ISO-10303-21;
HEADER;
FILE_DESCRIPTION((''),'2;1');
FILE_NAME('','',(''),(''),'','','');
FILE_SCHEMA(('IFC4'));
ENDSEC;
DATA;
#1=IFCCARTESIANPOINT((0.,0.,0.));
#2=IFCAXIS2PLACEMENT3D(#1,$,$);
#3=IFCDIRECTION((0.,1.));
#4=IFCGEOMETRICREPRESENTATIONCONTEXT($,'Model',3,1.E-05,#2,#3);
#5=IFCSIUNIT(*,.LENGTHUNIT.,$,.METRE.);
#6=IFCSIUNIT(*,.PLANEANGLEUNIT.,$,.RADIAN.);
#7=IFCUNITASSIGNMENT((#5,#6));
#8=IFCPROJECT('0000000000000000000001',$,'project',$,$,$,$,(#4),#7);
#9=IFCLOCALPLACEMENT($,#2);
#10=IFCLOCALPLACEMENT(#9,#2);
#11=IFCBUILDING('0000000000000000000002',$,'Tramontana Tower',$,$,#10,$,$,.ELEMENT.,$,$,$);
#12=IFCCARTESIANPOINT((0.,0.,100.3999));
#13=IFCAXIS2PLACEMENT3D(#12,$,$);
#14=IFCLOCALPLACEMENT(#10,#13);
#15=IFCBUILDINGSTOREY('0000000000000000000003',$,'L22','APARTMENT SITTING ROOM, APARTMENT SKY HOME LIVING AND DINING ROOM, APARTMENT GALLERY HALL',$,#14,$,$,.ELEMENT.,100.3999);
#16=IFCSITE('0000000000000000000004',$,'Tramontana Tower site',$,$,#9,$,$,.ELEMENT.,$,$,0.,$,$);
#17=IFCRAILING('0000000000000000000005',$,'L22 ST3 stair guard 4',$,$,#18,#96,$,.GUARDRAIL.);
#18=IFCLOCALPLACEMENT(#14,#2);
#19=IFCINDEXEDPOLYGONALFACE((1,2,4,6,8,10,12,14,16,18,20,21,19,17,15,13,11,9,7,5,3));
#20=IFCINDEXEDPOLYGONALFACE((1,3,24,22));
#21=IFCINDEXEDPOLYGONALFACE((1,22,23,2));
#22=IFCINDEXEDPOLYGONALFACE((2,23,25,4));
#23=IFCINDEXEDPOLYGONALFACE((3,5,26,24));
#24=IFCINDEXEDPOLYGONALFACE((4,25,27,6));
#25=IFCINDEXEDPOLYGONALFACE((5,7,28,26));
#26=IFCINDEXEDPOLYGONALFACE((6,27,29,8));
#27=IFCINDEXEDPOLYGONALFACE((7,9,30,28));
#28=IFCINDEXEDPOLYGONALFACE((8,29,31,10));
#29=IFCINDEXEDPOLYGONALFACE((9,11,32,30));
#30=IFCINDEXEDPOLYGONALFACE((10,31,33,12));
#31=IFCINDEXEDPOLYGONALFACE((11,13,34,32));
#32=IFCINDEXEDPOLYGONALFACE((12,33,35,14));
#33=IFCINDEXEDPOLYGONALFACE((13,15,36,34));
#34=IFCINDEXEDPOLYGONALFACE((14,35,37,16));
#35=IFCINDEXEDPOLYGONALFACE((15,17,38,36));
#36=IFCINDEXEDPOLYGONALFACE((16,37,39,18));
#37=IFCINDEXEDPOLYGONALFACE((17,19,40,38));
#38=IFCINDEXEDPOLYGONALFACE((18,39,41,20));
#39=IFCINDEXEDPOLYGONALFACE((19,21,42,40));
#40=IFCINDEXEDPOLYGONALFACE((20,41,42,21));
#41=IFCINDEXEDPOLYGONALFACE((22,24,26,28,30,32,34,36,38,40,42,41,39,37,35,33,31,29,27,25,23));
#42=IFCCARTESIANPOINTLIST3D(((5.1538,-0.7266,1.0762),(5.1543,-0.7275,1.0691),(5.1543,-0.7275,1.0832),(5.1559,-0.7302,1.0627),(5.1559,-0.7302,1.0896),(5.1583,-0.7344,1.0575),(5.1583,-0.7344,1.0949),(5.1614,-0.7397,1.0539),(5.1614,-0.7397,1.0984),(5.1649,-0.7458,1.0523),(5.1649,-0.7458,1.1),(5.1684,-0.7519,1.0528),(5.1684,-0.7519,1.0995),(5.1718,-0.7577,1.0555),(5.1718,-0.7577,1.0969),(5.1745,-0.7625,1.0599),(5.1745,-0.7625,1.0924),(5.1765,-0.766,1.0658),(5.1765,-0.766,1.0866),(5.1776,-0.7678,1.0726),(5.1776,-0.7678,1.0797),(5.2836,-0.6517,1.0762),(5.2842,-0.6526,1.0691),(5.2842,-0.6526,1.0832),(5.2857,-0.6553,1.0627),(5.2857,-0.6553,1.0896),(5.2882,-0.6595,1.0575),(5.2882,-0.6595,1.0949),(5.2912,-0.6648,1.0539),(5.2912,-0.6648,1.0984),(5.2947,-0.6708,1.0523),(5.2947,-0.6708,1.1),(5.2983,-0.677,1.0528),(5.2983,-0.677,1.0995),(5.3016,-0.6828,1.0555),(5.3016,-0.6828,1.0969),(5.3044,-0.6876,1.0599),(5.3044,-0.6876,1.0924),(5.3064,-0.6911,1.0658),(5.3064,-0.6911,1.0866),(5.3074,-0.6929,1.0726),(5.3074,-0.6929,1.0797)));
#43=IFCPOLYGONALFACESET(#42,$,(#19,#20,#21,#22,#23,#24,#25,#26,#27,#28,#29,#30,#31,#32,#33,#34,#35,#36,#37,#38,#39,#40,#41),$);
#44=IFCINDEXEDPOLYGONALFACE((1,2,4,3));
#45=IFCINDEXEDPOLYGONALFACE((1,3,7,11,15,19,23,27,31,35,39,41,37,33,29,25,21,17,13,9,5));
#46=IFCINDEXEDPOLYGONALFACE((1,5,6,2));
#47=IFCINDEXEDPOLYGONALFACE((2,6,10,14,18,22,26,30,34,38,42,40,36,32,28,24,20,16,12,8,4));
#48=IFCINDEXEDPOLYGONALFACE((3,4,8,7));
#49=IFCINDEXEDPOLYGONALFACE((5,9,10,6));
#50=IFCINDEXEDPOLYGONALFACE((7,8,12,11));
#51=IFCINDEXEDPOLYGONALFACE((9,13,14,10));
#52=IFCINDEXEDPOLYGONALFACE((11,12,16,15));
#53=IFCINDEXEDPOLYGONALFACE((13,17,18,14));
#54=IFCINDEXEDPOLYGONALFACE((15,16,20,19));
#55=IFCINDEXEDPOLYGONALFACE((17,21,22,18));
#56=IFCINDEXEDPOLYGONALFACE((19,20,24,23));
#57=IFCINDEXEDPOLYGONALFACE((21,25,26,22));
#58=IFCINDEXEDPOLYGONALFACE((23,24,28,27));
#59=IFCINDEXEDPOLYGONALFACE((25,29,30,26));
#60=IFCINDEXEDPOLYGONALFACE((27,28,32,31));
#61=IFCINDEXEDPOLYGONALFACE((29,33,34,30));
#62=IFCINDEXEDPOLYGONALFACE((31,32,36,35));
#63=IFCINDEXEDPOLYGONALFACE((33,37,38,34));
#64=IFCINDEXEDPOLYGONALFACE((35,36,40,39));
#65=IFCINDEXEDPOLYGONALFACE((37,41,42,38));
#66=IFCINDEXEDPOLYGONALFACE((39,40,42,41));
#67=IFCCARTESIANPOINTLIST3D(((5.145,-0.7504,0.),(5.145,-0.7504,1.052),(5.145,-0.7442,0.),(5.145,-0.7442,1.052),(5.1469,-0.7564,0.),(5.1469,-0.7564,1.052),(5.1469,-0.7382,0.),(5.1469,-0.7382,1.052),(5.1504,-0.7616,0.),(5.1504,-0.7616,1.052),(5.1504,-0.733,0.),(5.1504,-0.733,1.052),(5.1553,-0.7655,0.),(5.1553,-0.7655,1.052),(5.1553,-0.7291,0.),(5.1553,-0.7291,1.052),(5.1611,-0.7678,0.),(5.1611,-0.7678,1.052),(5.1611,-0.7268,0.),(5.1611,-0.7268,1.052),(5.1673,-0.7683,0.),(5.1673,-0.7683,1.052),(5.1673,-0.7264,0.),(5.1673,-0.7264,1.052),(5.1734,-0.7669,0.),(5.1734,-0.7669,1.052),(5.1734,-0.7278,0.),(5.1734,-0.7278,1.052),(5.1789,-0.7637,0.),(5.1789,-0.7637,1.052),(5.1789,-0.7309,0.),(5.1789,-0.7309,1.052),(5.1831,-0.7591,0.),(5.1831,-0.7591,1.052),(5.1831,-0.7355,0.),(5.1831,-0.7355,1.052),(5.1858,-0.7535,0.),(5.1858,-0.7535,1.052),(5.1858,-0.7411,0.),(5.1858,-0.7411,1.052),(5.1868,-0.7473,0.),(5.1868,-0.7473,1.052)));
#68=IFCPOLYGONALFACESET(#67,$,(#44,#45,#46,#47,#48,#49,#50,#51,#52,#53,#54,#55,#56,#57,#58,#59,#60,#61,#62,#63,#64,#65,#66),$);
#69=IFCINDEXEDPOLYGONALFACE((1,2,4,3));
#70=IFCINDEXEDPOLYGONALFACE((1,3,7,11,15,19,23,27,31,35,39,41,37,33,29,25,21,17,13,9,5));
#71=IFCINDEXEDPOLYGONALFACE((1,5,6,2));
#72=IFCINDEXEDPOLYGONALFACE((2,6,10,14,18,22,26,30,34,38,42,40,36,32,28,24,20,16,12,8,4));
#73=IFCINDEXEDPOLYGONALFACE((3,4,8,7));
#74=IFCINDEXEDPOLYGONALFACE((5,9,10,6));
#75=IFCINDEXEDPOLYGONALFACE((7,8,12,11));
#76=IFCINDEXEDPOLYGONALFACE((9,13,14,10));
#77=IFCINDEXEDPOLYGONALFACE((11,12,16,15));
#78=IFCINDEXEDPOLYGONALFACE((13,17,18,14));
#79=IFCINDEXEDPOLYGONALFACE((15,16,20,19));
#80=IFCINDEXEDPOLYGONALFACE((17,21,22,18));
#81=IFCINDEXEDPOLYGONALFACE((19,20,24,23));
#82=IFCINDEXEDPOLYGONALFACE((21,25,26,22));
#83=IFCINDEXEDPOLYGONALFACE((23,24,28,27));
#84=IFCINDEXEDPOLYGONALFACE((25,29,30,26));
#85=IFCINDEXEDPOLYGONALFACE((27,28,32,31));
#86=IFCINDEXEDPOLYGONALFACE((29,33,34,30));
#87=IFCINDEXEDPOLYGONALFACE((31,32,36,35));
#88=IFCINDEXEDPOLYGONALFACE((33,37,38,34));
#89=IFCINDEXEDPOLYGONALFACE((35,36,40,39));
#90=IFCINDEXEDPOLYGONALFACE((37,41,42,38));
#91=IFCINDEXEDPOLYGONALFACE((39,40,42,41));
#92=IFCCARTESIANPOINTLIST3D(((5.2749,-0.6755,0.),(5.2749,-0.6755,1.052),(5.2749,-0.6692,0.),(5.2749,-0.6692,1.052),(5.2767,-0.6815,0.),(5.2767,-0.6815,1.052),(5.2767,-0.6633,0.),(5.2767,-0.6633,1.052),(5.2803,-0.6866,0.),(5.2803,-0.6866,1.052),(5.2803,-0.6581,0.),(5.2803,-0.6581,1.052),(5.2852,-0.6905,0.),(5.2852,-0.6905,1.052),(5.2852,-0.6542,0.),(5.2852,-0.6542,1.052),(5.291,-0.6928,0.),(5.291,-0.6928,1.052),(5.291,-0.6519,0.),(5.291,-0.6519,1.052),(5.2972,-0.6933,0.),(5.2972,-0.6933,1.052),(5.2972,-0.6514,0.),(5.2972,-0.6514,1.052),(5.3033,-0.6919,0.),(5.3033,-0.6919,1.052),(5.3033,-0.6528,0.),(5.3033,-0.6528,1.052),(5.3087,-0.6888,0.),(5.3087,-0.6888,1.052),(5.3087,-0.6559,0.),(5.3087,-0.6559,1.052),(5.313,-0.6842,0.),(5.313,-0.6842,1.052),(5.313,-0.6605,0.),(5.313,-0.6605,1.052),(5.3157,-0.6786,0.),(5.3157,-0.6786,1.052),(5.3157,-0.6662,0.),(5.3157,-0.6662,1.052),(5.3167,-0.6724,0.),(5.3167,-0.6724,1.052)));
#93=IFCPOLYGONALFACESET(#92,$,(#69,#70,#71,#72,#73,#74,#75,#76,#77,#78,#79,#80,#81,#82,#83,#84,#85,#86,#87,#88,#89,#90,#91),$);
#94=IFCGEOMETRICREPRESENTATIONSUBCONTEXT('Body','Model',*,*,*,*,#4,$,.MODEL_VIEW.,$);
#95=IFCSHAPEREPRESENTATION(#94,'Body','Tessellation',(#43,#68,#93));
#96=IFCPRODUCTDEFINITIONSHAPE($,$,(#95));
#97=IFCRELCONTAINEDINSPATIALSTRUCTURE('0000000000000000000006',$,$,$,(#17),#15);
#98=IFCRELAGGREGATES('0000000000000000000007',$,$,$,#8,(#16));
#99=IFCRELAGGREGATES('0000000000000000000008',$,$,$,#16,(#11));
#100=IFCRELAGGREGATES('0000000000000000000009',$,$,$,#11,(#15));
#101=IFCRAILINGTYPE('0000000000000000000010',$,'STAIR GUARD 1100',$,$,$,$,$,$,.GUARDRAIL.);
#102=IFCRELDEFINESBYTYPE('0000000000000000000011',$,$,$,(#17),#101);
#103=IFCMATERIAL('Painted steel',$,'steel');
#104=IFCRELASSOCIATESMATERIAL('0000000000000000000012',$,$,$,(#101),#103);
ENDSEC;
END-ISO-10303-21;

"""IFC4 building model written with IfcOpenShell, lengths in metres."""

from ifc_helpers import new_model, si_unit, direction, frame, origin, origin_2d, place, context, subcontext, project, spatial, circle, extrude, material, type_object, element, save


model = new_model("IFC4")

# Units and contexts
model_context = context("Model", 3, precision=1e-05, world=origin(), true_north=direction((0.0, 1.0)))
body_context = subcontext(model_context, "Body", "Model", "MODEL_VIEW")
ifc_project = project(units=[si_unit("LENGTHUNIT", "METRE"), si_unit("PLANEANGLEUNIT", "RADIAN")], contexts=[model_context])

# Site, building, storey
site_placement = place(None, origin())
site = spatial("IfcSite", under=ifc_project, at=site_placement, Name="Tramontana Tower site", CompositionType="ELEMENT", RefElevation=0.0)
building_placement = place(site_placement, origin())
building = spatial("IfcBuilding", under=site, at=building_placement, Name="Tramontana Tower", CompositionType="ELEMENT")
storey_placement = place(building_placement, frame((0.0, 0.0, 100.3999)))
storey = spatial("IfcBuildingStorey", under=building, at=storey_placement, Name="L22", Description="APARTMENT SITTING ROOM, APARTMENT SKY HOME LIVING AND DINING ROOM, APARTMENT GALLERY HALL", CompositionType="ELEMENT", Elevation=100.3999)

# Railing
ifc_material_1 = material(Name="Painted steel", Category="steel")
railing_type_1 = type_object("IfcRailingType", Name="STAIR GUARD 1100", PredefinedType="GUARDRAIL", material=ifc_material_1)
railing_1_placement = place(storey_placement, frame((5.1658, -0.7473, 0.0)))
element("IfcRailing", 1, at=railing_1_placement, inside=storey, type_object=railing_type_1, Name="L22 ST3 stair guard 4", PredefinedType="GUARDRAIL", context=body_context, shape_type="SweptSolid", body=[
    extrude(circle(Radius=0.0239, at=origin_2d()), frame((0.0, 0.0, 1.0762), z_axis=(0.866131, 0.499816, 0.0), x_axis=(-0.499816, 0.866131, 0.0)), (0.0, 0.0, 1.0), 0.1499),
    extrude(circle(Radius=0.021, at=origin_2d()), origin(), (0.0, 0.0, 1.0), 1.052),
    extrude(circle(Radius=0.021, at=origin_2d()), frame((0.1299, 0.075, 0.0)), (0.0, 0.0, 1.0), 1.052),
])

save(model, "model.ifc")
